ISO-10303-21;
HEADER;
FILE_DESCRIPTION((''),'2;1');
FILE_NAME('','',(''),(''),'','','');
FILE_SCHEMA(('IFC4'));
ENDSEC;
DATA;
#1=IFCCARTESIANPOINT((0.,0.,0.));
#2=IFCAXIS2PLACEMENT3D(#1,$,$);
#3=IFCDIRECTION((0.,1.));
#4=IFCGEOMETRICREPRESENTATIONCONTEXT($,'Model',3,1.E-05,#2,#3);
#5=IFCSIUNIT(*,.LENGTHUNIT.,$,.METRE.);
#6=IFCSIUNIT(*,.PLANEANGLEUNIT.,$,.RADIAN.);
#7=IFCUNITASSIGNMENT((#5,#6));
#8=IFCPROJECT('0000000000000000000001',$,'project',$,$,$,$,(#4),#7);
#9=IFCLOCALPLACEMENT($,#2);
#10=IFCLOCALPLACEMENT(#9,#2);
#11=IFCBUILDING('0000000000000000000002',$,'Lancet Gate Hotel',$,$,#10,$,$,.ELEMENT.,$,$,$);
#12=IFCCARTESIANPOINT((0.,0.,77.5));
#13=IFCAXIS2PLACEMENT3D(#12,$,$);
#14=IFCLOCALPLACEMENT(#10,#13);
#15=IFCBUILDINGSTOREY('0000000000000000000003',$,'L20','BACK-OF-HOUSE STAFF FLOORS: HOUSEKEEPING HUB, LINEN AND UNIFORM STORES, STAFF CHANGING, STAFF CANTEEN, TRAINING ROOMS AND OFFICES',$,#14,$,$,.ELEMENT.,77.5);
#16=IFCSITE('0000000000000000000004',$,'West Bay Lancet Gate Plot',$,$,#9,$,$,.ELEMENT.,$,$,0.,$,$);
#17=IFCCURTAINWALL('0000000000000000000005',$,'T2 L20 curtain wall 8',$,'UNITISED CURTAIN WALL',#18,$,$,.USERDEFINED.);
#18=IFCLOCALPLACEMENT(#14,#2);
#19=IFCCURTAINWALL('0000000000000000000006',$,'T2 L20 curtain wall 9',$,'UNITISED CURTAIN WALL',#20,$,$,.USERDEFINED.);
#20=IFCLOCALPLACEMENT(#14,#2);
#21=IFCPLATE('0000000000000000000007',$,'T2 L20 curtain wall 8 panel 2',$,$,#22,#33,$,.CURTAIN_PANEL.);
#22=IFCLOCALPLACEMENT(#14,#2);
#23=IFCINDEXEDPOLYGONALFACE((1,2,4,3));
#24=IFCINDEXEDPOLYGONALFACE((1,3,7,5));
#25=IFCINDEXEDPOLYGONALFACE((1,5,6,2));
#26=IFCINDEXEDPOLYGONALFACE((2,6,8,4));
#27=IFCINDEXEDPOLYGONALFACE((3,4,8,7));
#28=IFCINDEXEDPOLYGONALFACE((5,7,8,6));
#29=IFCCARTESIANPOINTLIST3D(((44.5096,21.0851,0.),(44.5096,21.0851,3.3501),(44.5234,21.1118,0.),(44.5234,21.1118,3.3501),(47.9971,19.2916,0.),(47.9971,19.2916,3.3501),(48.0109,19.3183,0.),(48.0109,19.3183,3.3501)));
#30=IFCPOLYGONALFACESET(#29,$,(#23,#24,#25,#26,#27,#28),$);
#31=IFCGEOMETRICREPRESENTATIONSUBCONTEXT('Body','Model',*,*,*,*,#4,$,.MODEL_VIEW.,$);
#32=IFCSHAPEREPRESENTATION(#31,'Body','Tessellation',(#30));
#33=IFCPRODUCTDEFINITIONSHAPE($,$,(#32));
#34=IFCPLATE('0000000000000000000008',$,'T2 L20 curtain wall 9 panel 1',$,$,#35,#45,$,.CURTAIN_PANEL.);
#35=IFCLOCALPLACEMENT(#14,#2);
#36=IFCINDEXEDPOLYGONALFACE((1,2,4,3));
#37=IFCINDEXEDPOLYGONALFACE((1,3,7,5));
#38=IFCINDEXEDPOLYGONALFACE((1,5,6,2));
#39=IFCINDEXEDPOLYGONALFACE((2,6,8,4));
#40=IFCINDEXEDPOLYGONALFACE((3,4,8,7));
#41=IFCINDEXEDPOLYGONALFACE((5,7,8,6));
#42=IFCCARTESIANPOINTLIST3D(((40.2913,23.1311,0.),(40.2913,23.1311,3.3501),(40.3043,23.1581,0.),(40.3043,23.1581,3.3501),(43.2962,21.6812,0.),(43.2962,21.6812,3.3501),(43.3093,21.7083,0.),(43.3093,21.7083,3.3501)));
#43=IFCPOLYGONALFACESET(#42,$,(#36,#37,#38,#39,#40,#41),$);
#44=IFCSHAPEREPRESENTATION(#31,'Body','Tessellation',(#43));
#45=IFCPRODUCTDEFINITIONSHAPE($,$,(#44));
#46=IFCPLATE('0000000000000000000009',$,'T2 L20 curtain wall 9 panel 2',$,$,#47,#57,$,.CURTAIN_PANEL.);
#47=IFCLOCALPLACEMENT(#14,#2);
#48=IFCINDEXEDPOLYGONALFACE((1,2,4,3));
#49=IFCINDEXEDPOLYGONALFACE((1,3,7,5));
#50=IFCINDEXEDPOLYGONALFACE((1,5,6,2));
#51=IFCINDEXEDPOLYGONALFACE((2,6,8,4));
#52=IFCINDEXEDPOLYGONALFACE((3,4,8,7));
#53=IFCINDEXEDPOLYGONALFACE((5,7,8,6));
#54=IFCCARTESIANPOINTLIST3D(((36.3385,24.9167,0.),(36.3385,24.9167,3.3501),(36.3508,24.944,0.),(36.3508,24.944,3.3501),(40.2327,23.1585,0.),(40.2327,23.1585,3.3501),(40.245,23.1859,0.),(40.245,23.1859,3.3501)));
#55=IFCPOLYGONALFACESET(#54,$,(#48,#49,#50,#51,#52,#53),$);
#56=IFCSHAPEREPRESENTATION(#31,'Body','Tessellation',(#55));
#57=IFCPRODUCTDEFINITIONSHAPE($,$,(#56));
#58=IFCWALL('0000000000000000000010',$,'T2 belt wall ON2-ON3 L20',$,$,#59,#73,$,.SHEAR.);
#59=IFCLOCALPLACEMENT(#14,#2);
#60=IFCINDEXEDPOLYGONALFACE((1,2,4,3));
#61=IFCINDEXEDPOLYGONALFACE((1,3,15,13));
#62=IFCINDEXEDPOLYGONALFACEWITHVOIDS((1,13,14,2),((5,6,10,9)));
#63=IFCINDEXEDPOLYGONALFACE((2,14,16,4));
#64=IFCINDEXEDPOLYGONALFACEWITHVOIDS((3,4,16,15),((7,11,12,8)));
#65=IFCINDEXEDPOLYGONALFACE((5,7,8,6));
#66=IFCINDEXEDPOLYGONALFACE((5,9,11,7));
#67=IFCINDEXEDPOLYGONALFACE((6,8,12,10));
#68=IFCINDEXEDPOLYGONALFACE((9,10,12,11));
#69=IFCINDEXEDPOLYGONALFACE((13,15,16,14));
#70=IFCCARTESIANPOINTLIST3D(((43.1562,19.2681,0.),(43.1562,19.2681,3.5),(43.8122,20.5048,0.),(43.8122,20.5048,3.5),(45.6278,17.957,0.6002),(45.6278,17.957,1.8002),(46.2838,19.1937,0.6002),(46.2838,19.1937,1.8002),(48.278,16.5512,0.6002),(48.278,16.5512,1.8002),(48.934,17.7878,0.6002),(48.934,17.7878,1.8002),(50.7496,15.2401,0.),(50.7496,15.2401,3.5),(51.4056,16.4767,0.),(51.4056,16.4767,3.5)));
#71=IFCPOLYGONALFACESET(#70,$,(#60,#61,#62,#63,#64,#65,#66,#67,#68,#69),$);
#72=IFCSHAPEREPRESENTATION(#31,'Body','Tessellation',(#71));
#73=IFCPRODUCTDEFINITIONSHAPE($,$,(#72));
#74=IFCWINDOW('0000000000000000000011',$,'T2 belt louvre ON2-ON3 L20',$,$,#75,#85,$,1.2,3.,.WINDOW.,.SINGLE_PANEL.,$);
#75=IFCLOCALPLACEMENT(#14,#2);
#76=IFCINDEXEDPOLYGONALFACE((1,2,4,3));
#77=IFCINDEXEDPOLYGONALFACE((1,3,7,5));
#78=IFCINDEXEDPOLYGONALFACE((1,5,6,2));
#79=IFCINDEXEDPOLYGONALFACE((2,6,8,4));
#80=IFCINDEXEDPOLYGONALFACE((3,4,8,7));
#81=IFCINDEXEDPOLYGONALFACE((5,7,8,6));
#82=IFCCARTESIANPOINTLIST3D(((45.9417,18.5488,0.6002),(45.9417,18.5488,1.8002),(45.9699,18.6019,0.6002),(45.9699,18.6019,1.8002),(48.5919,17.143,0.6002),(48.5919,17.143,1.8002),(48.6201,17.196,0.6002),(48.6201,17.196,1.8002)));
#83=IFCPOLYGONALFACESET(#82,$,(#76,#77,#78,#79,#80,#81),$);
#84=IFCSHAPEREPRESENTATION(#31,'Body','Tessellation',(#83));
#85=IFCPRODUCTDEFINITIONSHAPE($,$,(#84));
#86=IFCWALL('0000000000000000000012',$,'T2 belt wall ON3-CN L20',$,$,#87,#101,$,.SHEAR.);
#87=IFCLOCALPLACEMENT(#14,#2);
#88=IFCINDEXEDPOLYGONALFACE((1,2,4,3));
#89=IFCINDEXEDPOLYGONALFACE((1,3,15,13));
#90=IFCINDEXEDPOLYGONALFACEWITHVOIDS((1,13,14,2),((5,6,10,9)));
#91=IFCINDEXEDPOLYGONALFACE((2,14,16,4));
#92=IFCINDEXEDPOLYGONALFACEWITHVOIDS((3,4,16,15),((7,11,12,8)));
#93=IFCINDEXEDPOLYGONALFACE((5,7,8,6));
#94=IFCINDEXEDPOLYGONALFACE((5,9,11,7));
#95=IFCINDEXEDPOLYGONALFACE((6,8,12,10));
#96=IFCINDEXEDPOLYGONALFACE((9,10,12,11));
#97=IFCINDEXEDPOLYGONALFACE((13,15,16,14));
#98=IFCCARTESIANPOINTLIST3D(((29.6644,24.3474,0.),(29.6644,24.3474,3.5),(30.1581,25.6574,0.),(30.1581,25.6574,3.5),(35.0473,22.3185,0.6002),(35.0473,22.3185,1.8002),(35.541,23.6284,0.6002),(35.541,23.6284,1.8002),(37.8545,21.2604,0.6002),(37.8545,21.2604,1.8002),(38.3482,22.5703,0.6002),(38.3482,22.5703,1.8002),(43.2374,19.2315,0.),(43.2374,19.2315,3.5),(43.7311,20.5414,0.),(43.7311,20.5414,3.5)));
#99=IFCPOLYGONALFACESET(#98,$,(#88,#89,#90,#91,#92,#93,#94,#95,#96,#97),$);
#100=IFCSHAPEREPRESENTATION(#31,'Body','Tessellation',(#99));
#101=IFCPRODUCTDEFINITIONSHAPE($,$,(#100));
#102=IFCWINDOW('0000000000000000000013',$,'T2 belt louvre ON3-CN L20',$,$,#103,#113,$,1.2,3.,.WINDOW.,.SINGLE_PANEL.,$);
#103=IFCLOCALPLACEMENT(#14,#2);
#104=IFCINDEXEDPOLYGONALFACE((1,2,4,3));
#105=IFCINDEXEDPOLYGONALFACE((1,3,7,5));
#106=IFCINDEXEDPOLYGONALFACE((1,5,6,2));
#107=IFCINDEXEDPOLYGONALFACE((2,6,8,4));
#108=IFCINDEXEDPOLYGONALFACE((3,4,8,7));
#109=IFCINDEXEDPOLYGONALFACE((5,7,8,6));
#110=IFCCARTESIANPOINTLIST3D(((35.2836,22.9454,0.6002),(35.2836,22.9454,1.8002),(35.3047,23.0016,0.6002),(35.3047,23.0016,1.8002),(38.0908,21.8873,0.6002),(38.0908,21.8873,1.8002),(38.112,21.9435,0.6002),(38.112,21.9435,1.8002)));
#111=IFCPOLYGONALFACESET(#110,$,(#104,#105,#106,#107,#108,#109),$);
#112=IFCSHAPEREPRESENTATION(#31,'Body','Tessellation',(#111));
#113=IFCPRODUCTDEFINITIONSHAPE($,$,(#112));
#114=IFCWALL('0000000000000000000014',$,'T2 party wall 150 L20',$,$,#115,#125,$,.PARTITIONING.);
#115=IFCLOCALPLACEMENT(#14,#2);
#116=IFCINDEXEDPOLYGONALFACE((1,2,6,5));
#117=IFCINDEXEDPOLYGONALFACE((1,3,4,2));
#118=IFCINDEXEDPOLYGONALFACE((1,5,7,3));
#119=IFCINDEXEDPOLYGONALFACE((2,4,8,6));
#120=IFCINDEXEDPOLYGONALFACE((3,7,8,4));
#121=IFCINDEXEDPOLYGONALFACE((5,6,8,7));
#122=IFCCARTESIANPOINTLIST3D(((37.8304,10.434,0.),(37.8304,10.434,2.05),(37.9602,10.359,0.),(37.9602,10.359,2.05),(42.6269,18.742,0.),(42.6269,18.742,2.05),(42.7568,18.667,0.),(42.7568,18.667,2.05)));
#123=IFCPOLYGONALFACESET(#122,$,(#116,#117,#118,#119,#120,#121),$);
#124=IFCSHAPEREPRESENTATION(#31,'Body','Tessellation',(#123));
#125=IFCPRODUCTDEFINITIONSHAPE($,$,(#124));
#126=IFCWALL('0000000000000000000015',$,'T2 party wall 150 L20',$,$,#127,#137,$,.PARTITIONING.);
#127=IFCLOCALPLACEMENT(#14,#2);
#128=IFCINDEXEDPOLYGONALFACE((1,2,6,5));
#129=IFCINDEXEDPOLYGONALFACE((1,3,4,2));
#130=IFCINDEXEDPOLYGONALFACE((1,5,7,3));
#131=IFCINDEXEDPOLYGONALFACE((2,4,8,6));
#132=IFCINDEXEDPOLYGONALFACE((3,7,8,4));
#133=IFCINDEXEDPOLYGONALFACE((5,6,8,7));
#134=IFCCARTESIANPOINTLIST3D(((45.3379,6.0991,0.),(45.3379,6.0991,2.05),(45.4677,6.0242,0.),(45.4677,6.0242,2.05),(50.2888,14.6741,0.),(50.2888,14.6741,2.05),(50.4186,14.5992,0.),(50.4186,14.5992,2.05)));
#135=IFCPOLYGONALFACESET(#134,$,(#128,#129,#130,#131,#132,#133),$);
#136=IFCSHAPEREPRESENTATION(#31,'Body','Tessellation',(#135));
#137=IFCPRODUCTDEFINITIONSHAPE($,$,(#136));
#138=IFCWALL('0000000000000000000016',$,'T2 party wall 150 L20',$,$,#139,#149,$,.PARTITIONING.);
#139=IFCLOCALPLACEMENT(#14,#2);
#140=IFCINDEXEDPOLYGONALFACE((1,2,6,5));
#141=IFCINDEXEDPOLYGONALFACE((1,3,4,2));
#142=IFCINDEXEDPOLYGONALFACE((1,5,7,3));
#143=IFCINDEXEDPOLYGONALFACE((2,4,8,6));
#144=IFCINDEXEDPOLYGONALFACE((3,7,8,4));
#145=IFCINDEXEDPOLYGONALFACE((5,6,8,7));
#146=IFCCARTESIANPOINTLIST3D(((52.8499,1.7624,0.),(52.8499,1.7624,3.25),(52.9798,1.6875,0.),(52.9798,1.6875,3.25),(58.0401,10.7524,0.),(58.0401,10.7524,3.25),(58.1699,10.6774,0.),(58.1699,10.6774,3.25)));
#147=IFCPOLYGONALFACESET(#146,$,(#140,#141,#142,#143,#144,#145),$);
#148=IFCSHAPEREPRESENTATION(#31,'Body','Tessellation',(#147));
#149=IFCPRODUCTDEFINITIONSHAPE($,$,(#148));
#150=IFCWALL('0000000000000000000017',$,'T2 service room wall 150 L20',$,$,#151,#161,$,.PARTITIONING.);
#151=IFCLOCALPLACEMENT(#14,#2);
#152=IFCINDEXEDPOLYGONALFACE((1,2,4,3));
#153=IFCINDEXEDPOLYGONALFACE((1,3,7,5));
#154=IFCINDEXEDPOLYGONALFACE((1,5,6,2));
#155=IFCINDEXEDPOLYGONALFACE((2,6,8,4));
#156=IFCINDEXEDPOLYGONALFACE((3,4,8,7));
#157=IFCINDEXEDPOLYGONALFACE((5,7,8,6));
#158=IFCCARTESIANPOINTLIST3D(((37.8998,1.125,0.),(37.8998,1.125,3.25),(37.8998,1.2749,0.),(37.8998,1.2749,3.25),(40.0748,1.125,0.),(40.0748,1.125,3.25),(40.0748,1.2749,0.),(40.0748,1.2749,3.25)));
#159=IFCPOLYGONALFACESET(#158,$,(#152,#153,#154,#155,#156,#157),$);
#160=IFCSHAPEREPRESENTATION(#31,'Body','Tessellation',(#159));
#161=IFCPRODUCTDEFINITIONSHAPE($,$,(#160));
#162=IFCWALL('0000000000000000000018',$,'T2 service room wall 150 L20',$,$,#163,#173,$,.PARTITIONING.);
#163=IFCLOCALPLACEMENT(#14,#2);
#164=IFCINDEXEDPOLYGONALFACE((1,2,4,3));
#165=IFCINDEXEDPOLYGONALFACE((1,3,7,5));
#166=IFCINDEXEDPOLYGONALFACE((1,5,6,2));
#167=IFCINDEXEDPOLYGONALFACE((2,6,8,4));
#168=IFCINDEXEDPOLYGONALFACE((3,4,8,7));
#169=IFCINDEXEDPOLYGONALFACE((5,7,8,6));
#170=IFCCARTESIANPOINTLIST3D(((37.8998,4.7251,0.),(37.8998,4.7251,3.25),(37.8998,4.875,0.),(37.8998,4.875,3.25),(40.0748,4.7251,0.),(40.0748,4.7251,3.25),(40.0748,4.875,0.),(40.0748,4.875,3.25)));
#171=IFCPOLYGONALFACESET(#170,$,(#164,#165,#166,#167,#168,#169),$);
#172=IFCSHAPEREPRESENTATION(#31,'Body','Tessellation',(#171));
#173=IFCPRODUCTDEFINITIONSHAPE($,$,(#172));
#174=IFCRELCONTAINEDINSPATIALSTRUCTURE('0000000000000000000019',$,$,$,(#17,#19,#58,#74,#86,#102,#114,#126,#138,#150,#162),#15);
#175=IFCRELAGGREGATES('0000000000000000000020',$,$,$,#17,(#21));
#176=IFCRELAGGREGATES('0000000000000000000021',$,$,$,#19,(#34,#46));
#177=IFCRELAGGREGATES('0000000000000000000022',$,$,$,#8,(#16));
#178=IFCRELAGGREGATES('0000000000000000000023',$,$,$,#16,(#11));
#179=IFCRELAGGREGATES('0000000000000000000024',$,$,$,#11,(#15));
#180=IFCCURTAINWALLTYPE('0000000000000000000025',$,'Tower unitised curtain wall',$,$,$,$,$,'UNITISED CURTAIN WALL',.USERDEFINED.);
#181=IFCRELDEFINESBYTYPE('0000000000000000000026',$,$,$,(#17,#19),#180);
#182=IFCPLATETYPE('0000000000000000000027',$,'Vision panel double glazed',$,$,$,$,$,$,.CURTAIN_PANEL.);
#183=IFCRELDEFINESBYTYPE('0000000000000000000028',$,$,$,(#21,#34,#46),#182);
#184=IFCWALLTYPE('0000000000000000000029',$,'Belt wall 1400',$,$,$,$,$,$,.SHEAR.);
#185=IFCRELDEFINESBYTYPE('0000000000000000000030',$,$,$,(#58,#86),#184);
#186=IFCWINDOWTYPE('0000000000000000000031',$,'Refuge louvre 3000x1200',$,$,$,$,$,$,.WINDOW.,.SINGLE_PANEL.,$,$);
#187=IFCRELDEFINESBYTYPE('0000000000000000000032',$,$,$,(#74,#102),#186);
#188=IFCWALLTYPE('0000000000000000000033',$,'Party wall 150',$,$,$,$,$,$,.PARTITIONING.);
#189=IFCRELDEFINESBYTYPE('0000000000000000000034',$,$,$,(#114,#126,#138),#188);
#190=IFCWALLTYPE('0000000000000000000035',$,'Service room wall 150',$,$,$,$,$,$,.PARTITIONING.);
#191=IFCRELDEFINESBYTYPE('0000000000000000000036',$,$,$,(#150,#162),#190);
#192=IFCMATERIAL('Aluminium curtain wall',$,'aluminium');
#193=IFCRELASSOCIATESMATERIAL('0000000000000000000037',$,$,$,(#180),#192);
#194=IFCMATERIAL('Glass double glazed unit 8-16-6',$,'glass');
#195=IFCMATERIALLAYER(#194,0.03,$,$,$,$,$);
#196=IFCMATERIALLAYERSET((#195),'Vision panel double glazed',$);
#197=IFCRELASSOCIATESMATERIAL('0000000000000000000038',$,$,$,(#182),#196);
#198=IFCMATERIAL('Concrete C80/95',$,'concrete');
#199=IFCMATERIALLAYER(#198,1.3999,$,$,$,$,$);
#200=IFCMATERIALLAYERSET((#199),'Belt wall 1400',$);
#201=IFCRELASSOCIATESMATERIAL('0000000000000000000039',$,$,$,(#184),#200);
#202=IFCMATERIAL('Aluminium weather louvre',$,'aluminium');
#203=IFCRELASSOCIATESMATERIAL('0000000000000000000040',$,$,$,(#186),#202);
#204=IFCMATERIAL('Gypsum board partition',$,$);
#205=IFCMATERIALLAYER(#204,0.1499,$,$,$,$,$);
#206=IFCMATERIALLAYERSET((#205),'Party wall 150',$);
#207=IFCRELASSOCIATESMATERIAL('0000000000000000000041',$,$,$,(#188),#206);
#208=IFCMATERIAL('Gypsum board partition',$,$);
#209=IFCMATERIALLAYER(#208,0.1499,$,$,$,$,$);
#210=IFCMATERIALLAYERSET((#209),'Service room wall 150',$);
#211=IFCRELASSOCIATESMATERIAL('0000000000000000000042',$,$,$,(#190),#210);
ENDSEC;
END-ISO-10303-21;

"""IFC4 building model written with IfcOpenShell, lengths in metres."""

from ifc_helpers import new_model, si_unit, direction, frame, frame_2d, origin, origin_2d, place, context, subcontext, project, spatial, rectangle, extrude, material, layer, layer_set, type_object, element, fill, aggregate, save


model = new_model("IFC4")

# Units and contexts
model_context = context("Model", 3, precision=1e-05, world=origin(), true_north=direction((0.0, 1.0)))
body_context = subcontext(model_context, "Body", "Model", "MODEL_VIEW")
ifc_project = project(units=[si_unit("LENGTHUNIT", "METRE"), si_unit("PLANEANGLEUNIT", "RADIAN")], contexts=[model_context])

# Site, building, storey
site_placement = place(None, origin())
site = spatial("IfcSite", under=ifc_project, at=site_placement, Name="West Bay Lancet Gate Plot", CompositionType="ELEMENT", RefElevation=0.0)
building_placement = place(site_placement, origin())
building = spatial("IfcBuilding", under=site, at=building_placement, Name="Lancet Gate Hotel", CompositionType="ELEMENT")
storey_placement = place(building_placement, frame((0.0, 0.0, 77.5)))
storey = spatial("IfcBuildingStorey", under=building, at=storey_placement, Name="L20", Description="BACK-OF-HOUSE STAFF FLOORS: HOUSEKEEPING HUB, LINEN AND UNIFORM STORES, STAFF CHANGING, STAFF CANTEEN, TRAINING ROOMS AND OFFICES", CompositionType="ELEMENT", Elevation=77.5)

# Curtain walls
ifc_material_1 = material(Name="Aluminium curtain wall", Category="aluminium")
curtain_wall_type = type_object("IfcCurtainWallType", Name="Tower unitised curtain wall", ElementType="UNITISED CURTAIN WALL", PredefinedType="USERDEFINED", material=ifc_material_1)
curtain_wall_1_placement = place(storey_placement, origin())
curtain_wall_1 = element("IfcCurtainWall", 1, at=curtain_wall_1_placement, inside=storey, type_object=curtain_wall_type, Name="T2 L20 curtain wall 8", ObjectType="UNITISED CURTAIN WALL", PredefinedType="USERDEFINED")
curtain_wall_2_placement = place(storey_placement, origin())
curtain_wall_2 = element("IfcCurtainWall", 2, at=curtain_wall_2_placement, inside=storey, type_object=curtain_wall_type, Name="T2 L20 curtain wall 9", ObjectType="UNITISED CURTAIN WALL", PredefinedType="USERDEFINED")

# Plates
ifc_material_2 = material(Name="Glass double glazed unit 8-16-6", Category="glass")
ifc_layer_1 = layer(ifc_material_2, 0.03)
ifc_layer_set_1 = layer_set([ifc_layer_1], Name="Vision panel double glazed")
plate_type = type_object("IfcPlateType", Name="Vision panel double glazed", PredefinedType="CURTAIN_PANEL", material=ifc_layer_set_1)
plate_1_placement = place(storey_placement, frame((46.2603, 20.2017, 0.0), z_axis=(0.0, 0.0, 1.0), x_axis=(-0.889296, 0.457332, 0.0)))
plate_1 = element("IfcPlate", 3, at=plate_1_placement, type_object=plate_type, Name="T2 L20 curtain wall 8 panel 2", PredefinedType="CURTAIN_PANEL", context=body_context, shape_type="SweptSolid", body=[
    extrude(rectangle(XDim=3.9216, YDim=0.03, at=origin_2d()), origin(), (0.0, 0.0, 1.0), 3.3501),
])
aggregate(curtain_wall_1, [plate_1])
plate_2_placement = place(storey_placement, frame((41.8003, 22.4197, 0.0), z_axis=(0.0, 0.0, 1.0), x_axis=(-0.900647, 0.43455, 0.0)))
plate_2 = element("IfcPlate", 4, at=plate_2_placement, type_object=plate_type, Name="T2 L20 curtain wall 9 panel 1", PredefinedType="CURTAIN_PANEL", context=body_context, shape_type="SweptSolid", body=[
    extrude(rectangle(XDim=3.3364, YDim=0.03, at=origin_2d()), origin(), (0.0, 0.0, 1.0), 3.3501),
])
plate_3_placement = place(storey_placement, frame((38.2917, 24.0513, 0.0), z_axis=(0.0, 0.0, 1.0), x_axis=(-0.911416, 0.411487, 0.0)))
plate_3 = element("IfcPlate", 5, at=plate_3_placement, type_object=plate_type, Name="T2 L20 curtain wall 9 panel 2", PredefinedType="CURTAIN_PANEL", context=body_context, shape_type="SweptSolid", body=[
    extrude(rectangle(XDim=4.2727, YDim=0.03, at=origin_2d()), origin(), (0.0, 0.0, 1.0), 3.3501),
])
aggregate(curtain_wall_2, [plate_2, plate_3])

# Walls, openings, windows
ifc_material_3 = material(Name="Concrete C80/95", Category="concrete")
ifc_layer_2 = layer(ifc_material_3, 1.3999)
ifc_layer_set_2 = layer_set([ifc_layer_2], Name="Belt wall 1400")
wall_type_1 = type_object("IfcWallType", Name="Belt wall 1400", PredefinedType="SHEAR", material=ifc_layer_set_2)
wall_1_placement = place(storey_placement, frame((51.0776, 15.8584, 0.0), z_axis=(0.0, 0.0, 1.0), x_axis=(-0.883403, 0.468613, 0.0)))
wall_1 = element("IfcWall", 6, at=wall_1_placement, inside=storey, type_object=wall_type_1, Name="T2 belt wall ON2-ON3 L20", PredefinedType="SHEAR", context=body_context, shape_type="SweptSolid", body=[
    extrude(rectangle(XDim=8.5957, YDim=1.3999, at=frame_2d((4.2979, 0.0))), origin(), (0.0, 0.0, 1.0), 3.5),
])
opening_1_placement = place(wall_1_placement, frame((2.7979, 0.0, 0.6001)))
opening_1 = element("IfcOpeningElement", 7, at=opening_1_placement, cuts=wall_1, PredefinedType="OPENING", context=body_context, shape_type="SweptSolid", body=[
    extrude(rectangle(XDim=3.0, YDim=1.2, at=frame_2d((1.5, 0.6001))), frame((0.0, 0.71, 0.0), z_axis=(0.0, -1.0, 0.0), x_axis=(1.0, 0.0, 0.0)), (0.0, 0.0, 1.0), 1.4199),
])
ifc_material_4 = material(Name="Aluminium weather louvre", Category="aluminium")
window_type = type_object("IfcWindowType", Name="Refuge louvre 3000x1200", PartitioningType="SINGLE_PANEL", PredefinedType="WINDOW", material=ifc_material_4)
window_1_placement = place(opening_1_placement, origin())
window_1 = element("IfcWindow", 8, at=window_1_placement, inside=storey, type_object=window_type, Name="T2 belt louvre ON2-ON3 L20", OverallHeight=1.2, OverallWidth=3.0, PartitioningType="SINGLE_PANEL", PredefinedType="WINDOW", context=body_context, shape_type="SweptSolid", body=[
    extrude(rectangle(XDim=3.0, YDim=1.2, at=frame_2d((1.5, 0.6001))), frame((0.0, 0.03, 0.0), z_axis=(0.0, -1.0, 0.0), x_axis=(1.0, 0.0, 0.0)), (0.0, 0.0, 1.0), 0.0601),
])
fill(opening_1, window_1)
wall_2_placement = place(storey_placement, frame((43.4841, 19.8865, 0.0), z_axis=(0.0, 0.0, 1.0), x_axis=(-0.935736, 0.3527, 0.0)))
wall_2 = element("IfcWall", 9, at=wall_2_placement, inside=storey, type_object=wall_type_1, Name="T2 belt wall ON3-CN L20", PredefinedType="SHEAR", context=body_context, shape_type="SweptSolid", body=[
    extrude(rectangle(XDim=14.5051, YDim=1.3999, at=frame_2d((7.2524, 0.0))), origin(), (0.0, 0.0, 1.0), 3.5),
])
opening_2_placement = place(wall_2_placement, frame((5.7524, 0.0, 0.6001)))
opening_2 = element("IfcOpeningElement", 10, at=opening_2_placement, cuts=wall_2, PredefinedType="OPENING", context=body_context, shape_type="SweptSolid", body=[
    extrude(rectangle(XDim=3.0, YDim=1.2, at=frame_2d((1.5, 0.6001))), frame((0.0, 0.71, 0.0), z_axis=(0.0, -1.0, 0.0), x_axis=(1.0, 0.0, 0.0)), (0.0, 0.0, 1.0), 1.4199),
])
window_2_placement = place(opening_2_placement, origin())
window_2 = element("IfcWindow", 11, at=window_2_placement, inside=storey, type_object=window_type, Name="T2 belt louvre ON3-CN L20", OverallHeight=1.2, OverallWidth=3.0, PartitioningType="SINGLE_PANEL", PredefinedType="WINDOW", context=body_context, shape_type="SweptSolid", body=[
    extrude(rectangle(XDim=3.0, YDim=1.2, at=frame_2d((1.5, 0.6001))), frame((0.0, 0.03, 0.0), z_axis=(0.0, -1.0, 0.0), x_axis=(1.0, 0.0, 0.0)), (0.0, 0.0, 1.0), 0.0601),
])
fill(opening_2, window_2)

# Walls
ifc_material_5 = material(Name="Gypsum board partition")
ifc_layer_3 = layer(ifc_material_5, 0.1499)
ifc_layer_set_3 = layer_set([ifc_layer_3], Name="Party wall 150")
wall_type_2 = type_object("IfcWallType", Name="Party wall 150", PredefinedType="PARTITIONING", material=ifc_layer_set_3)
wall_3_placement = place(storey_placement, frame((37.8953, 10.3965, 0.0), z_axis=(0.0, 0.0, 1.0), x_axis=(0.499996, 0.866028, 0.0)))
element("IfcWall", 12, at=wall_3_placement, inside=storey, type_object=wall_type_2, Name="T2 party wall 150 L20", PredefinedType="PARTITIONING", context=body_context, shape_type="SweptSolid", body=[
    extrude(rectangle(XDim=9.5933, YDim=0.1499, at=frame_2d((4.7966, 0.0))), origin(), (0.0, 0.0, 1.0), 2.05),
])
wall_4_placement = place(storey_placement, frame((45.4028, 6.0618, 0.0), z_axis=(0.0, 0.0, 1.0), x_axis=(0.500013, 0.866018, 0.0)))
element("IfcWall", 13, at=wall_4_placement, inside=storey, type_object=wall_type_2, Name="T2 party wall 150 L20", PredefinedType="PARTITIONING", context=body_context, shape_type="SweptSolid", body=[
    extrude(rectangle(XDim=9.9016, YDim=0.1499, at=frame_2d((4.9507, 0.0))), origin(), (0.0, 0.0, 1.0), 2.05),
])
wall_5_placement = place(storey_placement, frame((52.9148, 1.7249, 0.0), z_axis=(0.0, 0.0, 1.0), x_axis=(0.499986, 0.866033, 0.0)))
element("IfcWall", 14, at=wall_5_placement, inside=storey, type_object=wall_type_2, Name="T2 party wall 150 L20", PredefinedType="PARTITIONING", context=body_context, shape_type="SweptSolid", body=[
    extrude(rectangle(XDim=10.3806, YDim=0.1499, at=frame_2d((5.1904, 0.0))), origin(), (0.0, 0.0, 1.0), 3.25),
])
ifc_material_6 = material(Name="Gypsum board partition")
ifc_layer_4 = layer(ifc_material_6, 0.1499)
ifc_layer_set_4 = layer_set([ifc_layer_4], Name="Service room wall 150")
wall_type_3 = type_object("IfcWallType", Name="Service room wall 150", PredefinedType="PARTITIONING", material=ifc_layer_set_4)
for number, where, z_axis, x_axis, name in (
    (15, (37.8999, 1.2, 0.0), (0.0, 0.0, 1.0), (1.0, 0.0, 0.0), "T2 service room wall 150 L20"),
    (16, (37.8999, 4.8, 0.0), (0.0, 0.0, 1.0), (1.0, 0.0, 0.0), "T2 service room wall 150 L20"),
):
    element("IfcWall", number, at=place(storey_placement, frame(where, z_axis=z_axis, x_axis=x_axis)), inside=storey, type_object=wall_type_3, Name=name, PredefinedType="PARTITIONING", context=body_context, shape_type="SweptSolid", body=[
        extrude(rectangle(XDim=2.175, YDim=0.1499, at=frame_2d((1.0874, 0.0))), origin(), (0.0, 0.0, 1.0), 3.25),
    ])

save(model, "model.ifc")
